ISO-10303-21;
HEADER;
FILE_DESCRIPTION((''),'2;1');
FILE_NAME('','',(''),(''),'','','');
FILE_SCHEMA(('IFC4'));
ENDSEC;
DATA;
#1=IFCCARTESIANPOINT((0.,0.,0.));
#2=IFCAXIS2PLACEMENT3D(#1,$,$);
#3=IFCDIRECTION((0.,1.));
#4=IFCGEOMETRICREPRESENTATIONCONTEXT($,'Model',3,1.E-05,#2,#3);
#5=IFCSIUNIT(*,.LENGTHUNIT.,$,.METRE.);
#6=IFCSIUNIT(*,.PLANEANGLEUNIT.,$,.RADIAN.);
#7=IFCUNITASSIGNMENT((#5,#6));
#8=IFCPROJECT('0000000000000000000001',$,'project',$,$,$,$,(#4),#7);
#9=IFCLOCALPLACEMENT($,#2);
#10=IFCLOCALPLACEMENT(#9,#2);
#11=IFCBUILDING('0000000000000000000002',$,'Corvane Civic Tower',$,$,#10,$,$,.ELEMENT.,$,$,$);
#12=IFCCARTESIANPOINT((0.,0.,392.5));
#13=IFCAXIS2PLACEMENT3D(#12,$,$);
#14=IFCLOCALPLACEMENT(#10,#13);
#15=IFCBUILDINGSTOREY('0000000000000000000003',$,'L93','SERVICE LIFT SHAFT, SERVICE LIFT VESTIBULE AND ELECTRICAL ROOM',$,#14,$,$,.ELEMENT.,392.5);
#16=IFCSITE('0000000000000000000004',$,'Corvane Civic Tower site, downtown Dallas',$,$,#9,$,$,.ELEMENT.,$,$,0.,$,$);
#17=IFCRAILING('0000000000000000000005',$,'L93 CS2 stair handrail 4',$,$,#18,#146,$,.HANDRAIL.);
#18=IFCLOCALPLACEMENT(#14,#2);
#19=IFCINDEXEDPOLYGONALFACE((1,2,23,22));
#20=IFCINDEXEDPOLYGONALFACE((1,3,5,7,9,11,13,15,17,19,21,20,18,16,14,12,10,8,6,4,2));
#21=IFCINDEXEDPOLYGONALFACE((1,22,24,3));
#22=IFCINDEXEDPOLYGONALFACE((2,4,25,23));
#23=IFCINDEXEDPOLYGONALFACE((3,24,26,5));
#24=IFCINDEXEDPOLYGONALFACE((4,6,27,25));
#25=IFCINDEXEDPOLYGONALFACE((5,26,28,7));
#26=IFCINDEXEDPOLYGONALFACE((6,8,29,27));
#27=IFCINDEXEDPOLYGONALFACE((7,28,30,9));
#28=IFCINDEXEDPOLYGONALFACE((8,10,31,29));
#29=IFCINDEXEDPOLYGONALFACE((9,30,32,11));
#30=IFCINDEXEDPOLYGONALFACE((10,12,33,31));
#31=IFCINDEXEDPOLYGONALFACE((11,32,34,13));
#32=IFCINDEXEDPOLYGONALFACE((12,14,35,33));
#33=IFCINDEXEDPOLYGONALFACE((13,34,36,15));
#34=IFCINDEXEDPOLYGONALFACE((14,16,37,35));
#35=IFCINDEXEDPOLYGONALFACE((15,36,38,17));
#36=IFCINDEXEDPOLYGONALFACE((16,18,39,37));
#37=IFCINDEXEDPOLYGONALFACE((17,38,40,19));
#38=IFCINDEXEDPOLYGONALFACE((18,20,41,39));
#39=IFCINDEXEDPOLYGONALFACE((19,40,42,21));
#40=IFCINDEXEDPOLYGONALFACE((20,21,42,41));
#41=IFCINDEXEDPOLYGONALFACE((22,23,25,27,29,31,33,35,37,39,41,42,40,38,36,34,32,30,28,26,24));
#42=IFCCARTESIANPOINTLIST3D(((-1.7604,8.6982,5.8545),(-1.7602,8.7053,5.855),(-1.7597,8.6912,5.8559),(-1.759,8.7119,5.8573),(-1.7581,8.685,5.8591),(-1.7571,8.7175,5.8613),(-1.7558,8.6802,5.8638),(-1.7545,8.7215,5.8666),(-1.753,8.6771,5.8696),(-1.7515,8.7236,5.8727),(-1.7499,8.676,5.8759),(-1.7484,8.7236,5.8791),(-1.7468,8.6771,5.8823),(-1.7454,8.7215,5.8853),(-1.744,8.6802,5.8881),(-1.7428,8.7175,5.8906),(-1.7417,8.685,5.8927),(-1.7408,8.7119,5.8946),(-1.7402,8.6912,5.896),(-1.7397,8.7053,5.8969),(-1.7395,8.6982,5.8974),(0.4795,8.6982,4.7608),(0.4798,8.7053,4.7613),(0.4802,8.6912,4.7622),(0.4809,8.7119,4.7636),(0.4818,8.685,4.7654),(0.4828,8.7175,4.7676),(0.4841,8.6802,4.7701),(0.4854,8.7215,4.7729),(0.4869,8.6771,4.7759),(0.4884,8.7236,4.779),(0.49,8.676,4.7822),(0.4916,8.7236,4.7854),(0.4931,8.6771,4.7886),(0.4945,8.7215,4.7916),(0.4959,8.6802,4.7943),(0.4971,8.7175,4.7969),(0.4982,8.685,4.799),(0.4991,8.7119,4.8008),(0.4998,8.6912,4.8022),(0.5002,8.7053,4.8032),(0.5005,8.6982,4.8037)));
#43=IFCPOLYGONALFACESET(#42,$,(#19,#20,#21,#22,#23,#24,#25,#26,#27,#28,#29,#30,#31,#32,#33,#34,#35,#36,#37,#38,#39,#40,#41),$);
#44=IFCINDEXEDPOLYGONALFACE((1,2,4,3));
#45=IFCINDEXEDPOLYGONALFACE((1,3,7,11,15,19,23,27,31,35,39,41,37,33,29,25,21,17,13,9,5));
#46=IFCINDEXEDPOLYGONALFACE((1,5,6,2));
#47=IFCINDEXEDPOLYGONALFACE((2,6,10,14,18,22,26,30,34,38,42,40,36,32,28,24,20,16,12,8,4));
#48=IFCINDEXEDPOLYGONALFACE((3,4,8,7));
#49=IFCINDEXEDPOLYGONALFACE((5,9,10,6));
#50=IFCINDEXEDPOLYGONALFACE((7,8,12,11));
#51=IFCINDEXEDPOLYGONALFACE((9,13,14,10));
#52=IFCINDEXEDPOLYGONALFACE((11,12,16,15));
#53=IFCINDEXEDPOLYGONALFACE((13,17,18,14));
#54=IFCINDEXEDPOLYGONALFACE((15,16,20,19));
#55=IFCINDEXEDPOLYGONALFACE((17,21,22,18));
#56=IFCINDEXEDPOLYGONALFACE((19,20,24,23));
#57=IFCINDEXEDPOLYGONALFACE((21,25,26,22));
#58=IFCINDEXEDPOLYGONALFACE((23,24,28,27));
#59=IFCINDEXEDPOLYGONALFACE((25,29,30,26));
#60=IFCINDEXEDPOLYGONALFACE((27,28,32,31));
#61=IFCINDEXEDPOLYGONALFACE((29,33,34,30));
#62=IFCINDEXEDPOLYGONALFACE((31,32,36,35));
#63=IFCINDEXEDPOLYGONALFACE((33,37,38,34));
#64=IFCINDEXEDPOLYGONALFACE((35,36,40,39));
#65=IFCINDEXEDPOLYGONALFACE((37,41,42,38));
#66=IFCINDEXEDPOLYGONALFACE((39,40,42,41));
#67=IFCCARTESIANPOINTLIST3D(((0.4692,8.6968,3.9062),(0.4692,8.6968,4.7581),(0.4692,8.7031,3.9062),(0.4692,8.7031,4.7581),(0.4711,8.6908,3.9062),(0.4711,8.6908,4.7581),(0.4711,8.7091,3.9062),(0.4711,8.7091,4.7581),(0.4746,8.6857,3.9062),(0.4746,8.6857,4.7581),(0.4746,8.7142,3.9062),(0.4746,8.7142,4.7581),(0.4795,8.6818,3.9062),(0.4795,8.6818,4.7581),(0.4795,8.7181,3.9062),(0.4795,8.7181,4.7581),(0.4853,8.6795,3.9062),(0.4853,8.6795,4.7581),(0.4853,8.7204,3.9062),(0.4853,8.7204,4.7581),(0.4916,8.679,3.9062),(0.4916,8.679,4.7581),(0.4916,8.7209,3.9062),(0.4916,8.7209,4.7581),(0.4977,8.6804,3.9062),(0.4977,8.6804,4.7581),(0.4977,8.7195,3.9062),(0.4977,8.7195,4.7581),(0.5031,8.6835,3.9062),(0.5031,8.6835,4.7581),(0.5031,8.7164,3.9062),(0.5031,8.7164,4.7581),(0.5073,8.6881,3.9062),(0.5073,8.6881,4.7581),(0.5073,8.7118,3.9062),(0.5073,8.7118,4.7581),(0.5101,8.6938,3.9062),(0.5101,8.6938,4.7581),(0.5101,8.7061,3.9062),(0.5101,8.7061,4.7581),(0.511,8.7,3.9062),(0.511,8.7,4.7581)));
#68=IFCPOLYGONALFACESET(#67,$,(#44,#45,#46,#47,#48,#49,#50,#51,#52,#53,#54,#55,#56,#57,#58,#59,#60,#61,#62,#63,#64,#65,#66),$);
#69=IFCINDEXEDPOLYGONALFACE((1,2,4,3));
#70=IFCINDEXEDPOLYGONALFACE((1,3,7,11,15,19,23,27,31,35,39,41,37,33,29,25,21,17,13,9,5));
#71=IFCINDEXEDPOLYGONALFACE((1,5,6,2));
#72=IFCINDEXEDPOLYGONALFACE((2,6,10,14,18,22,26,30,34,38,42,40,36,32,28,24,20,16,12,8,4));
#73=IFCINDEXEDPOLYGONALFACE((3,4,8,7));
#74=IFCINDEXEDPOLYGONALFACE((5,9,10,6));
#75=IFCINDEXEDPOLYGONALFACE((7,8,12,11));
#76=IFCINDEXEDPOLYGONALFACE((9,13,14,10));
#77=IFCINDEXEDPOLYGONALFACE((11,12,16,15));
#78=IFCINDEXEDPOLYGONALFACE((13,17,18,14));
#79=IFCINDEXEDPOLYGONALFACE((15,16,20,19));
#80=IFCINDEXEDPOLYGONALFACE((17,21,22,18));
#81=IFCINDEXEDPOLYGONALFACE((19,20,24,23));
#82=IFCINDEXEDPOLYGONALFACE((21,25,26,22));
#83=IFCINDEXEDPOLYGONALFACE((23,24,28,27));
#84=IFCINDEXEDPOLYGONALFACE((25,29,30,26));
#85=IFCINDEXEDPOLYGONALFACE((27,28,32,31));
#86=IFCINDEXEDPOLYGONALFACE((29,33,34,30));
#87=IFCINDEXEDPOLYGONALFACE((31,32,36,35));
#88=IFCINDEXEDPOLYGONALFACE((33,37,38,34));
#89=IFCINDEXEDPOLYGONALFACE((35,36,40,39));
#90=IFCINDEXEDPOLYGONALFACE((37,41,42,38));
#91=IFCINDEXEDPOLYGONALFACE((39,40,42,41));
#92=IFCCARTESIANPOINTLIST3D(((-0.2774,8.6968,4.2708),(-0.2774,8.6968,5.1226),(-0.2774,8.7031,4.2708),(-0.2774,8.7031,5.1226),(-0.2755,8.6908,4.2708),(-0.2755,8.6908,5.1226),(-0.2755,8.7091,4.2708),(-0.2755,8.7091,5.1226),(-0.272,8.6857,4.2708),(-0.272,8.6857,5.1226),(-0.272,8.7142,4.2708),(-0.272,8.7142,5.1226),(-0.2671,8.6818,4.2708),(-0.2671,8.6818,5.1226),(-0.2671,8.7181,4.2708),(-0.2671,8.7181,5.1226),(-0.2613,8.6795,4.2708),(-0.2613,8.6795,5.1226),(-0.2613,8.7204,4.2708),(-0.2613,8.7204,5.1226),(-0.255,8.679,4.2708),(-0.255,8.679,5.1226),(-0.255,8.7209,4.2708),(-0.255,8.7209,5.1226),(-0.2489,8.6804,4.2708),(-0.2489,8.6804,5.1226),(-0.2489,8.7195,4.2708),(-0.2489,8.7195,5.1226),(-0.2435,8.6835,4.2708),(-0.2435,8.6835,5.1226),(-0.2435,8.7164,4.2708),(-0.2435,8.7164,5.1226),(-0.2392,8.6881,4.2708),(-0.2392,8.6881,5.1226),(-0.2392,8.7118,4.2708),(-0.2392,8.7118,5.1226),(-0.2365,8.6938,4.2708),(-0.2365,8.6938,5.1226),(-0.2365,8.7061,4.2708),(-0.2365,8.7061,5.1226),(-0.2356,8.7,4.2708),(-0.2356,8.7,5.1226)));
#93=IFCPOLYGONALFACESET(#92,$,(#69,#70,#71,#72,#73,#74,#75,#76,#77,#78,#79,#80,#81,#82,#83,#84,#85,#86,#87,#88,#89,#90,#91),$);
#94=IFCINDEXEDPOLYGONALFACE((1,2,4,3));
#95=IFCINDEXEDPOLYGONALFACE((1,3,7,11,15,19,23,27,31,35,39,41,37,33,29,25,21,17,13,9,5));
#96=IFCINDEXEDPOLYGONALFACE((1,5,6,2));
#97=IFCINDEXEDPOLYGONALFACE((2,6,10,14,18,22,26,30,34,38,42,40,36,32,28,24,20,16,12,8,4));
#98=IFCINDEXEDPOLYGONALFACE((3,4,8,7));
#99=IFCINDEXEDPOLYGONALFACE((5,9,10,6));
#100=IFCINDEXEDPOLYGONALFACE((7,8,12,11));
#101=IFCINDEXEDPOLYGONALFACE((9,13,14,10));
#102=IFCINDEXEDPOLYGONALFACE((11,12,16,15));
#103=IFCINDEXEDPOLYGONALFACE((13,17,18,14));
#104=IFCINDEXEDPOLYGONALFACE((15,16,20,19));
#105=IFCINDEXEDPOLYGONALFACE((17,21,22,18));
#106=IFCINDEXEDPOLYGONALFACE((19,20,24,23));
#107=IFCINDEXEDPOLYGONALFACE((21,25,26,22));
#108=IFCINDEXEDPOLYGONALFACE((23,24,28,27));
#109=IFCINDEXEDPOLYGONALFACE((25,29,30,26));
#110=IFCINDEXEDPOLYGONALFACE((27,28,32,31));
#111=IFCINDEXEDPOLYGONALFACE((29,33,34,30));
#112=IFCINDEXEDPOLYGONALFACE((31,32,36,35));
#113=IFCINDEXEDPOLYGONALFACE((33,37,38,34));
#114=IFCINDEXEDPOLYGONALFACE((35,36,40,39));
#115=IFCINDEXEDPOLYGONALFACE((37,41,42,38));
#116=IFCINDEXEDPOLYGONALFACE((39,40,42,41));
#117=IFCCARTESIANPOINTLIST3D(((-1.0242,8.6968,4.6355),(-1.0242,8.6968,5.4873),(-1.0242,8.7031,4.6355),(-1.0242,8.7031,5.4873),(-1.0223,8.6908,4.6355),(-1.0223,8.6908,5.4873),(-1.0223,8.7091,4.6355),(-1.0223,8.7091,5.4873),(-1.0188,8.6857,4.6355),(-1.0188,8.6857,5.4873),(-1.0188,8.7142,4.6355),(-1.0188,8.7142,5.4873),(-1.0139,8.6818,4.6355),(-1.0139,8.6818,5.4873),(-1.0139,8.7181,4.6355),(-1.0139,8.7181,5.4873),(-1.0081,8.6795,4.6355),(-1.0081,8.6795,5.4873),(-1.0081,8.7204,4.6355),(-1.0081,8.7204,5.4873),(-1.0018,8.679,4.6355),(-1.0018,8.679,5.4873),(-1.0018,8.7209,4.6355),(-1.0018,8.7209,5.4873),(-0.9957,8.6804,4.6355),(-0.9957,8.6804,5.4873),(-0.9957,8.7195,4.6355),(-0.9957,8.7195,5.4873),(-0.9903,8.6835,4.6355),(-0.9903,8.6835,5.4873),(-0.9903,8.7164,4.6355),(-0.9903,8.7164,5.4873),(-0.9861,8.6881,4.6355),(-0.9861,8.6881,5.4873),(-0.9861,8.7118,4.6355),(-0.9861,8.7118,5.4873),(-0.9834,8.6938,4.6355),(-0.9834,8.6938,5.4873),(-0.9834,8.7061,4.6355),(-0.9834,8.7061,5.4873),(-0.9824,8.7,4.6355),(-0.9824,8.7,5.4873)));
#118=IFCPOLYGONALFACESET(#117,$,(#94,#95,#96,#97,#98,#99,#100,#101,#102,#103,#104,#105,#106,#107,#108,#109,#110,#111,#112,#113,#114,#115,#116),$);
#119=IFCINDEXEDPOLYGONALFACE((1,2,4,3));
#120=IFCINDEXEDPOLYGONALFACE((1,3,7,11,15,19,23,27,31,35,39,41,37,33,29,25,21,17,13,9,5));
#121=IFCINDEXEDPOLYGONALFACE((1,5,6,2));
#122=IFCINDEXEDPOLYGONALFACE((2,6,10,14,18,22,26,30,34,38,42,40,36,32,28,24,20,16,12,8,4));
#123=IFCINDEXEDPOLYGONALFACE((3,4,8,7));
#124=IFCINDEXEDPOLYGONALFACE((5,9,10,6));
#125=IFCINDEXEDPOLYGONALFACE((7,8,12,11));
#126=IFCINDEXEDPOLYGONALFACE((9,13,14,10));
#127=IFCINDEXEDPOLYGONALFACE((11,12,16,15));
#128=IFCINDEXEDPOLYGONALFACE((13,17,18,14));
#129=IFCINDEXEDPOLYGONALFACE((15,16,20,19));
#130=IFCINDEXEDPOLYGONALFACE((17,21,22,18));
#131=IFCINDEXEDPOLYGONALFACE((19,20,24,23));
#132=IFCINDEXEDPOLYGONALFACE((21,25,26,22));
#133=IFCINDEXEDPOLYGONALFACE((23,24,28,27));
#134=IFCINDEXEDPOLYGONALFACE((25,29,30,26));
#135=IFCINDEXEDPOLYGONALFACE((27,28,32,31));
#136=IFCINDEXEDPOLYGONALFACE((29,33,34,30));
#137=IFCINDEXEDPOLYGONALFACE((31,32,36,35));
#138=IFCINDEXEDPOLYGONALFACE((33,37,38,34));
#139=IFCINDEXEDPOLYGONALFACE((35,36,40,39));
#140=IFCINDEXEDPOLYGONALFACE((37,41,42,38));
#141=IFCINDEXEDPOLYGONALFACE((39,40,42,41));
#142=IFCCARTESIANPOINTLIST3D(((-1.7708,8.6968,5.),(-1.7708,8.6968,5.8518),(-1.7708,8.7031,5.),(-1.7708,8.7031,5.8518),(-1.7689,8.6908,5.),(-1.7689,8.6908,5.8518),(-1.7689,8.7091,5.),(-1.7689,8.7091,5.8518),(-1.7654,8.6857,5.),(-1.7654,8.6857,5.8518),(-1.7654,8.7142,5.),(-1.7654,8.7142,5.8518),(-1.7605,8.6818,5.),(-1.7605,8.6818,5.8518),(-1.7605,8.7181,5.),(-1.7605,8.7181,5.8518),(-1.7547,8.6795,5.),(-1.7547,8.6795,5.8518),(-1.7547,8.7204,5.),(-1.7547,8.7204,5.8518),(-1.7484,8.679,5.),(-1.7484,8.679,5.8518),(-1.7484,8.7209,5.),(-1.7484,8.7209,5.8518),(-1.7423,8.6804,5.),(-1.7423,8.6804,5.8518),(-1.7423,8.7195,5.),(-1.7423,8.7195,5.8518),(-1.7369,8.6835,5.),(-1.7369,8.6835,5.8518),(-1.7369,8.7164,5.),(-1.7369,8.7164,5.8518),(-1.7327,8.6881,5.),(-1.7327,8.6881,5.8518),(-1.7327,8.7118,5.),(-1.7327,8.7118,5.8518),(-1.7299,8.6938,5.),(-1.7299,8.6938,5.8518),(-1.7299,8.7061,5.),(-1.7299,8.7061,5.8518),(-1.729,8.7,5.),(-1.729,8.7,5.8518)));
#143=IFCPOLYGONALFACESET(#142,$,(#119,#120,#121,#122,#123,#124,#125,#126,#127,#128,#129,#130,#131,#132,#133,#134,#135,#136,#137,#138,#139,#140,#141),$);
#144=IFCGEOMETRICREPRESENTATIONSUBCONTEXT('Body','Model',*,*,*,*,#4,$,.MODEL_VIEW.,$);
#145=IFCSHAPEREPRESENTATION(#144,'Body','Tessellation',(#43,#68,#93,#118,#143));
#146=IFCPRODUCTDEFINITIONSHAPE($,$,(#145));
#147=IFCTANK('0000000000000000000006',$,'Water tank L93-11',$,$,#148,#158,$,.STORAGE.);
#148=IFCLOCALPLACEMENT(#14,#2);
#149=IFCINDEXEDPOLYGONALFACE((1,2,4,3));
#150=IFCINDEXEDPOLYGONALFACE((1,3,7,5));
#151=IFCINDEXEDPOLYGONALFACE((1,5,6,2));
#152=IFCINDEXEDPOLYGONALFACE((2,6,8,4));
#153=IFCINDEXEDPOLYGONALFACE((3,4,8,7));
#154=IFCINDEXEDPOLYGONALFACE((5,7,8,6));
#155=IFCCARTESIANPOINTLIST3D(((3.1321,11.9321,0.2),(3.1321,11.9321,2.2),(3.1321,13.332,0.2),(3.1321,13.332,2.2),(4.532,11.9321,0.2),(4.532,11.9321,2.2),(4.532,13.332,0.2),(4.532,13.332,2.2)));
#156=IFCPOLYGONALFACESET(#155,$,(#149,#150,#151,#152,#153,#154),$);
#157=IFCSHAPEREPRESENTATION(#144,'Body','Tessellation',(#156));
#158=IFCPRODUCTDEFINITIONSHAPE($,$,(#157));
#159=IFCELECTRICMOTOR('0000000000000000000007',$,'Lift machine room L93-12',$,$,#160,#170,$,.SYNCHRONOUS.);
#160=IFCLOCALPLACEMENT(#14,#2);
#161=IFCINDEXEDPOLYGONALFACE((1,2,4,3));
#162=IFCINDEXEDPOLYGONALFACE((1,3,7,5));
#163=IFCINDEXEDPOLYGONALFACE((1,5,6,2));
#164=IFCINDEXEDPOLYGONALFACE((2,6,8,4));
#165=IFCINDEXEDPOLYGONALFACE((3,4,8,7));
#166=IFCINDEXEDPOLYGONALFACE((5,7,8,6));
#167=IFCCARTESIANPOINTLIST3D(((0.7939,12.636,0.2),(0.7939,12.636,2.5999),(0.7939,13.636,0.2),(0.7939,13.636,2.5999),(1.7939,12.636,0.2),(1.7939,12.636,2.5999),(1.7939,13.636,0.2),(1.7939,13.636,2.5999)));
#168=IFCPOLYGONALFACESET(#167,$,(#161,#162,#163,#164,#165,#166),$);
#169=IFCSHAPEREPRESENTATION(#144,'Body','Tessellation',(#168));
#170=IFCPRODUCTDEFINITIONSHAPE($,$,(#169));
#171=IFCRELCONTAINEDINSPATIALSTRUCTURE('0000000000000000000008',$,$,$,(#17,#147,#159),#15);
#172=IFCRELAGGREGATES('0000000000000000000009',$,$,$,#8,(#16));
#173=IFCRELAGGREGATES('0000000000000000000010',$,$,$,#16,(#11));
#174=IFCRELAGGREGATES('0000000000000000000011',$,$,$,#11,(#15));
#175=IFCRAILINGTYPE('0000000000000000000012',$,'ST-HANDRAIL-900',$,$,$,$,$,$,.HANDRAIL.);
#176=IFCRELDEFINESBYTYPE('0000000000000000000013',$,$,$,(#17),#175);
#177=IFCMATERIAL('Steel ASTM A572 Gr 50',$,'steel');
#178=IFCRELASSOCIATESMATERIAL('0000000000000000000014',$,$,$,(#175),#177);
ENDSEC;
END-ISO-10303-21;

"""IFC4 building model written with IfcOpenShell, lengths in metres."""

from ifc_helpers import new_model, si_unit, direction, frame, origin, origin_2d, place, context, subcontext, project, spatial, rectangle, circle, extrude, material, type_object, element, save


model = new_model("IFC4")

# Units and contexts
model_context = context("Model", 3, precision=1e-05, world=origin(), true_north=direction((0.0, 1.0)))
body_context = subcontext(model_context, "Body", "Model", "MODEL_VIEW")
ifc_project = project(units=[si_unit("LENGTHUNIT", "METRE"), si_unit("PLANEANGLEUNIT", "RADIAN")], contexts=[model_context])

# Site, building, storey
site_placement = place(None, origin())
site = spatial("IfcSite", under=ifc_project, at=site_placement, Name="Corvane Civic Tower site, downtown Dallas", CompositionType="ELEMENT", RefElevation=0.0)
building_placement = place(site_placement, origin())
building = spatial("IfcBuilding", under=site, at=building_placement, Name="Corvane Civic Tower", CompositionType="ELEMENT")
storey_placement = place(building_placement, frame((0.0, 0.0, 392.5)))
storey = spatial("IfcBuildingStorey", under=building, at=storey_placement, Name="L93", Description="SERVICE LIFT SHAFT, SERVICE LIFT VESTIBULE AND ELECTRICAL ROOM", CompositionType="ELEMENT", Elevation=392.5)

# Railing
ifc_material_1 = material(Name="Steel ASTM A572 Gr 50", Category="steel")
railing_type = type_object("IfcRailingType", Name="ST-HANDRAIL-900", PredefinedType="HANDRAIL", material=ifc_material_1)
for number, where, name in (
    (1, (0.49, 8.7, 3.9062), "L93 CS2 stair handrail 4"),
):
    element("IfcRailing", number, at=place(storey_placement, frame(where)), inside=storey, type_object=railing_type, Name=name, PredefinedType="HANDRAIL", context=body_context, shape_type="SweptSolid", body=[
        extrude(circle(Radius=0.0239, at=origin_2d()), frame((0.0, 0.0, 0.876), z_axis=(-0.898599, 0.0, 0.438771), x_axis=(0.0, -1.0, 0.0)), (0.0, 0.0, 1.0), 2.4927),
        extrude(circle(Radius=0.021, at=origin_2d()), origin(), (0.0, 0.0, 1.0), 0.8518),
        extrude(circle(Radius=0.021, at=origin_2d()), frame((-0.7466, 0.0, 0.3645)), (0.0, 0.0, 1.0), 0.8518),
        extrude(circle(Radius=0.021, at=origin_2d()), frame((-1.4934, 0.0, 0.7292)), (0.0, 0.0, 1.0), 0.8518),
        extrude(circle(Radius=0.021, at=origin_2d()), frame((-2.24, 0.0, 1.0938)), (0.0, 0.0, 1.0), 0.8518),
    ])

# Tank
tank_placement = place(storey_placement, frame((3.832, 12.6321, 0.2), z_axis=(0.0, 0.0, 1.0), x_axis=(1.0, 0.0, 0.0)))
element("IfcTank", 2, at=tank_placement, inside=storey, Name="Water tank L93-11", PredefinedType="STORAGE", context=body_context, shape_type="SweptSolid", body=[
    extrude(rectangle(XDim=1.3999, YDim=1.3999, at=origin_2d()), origin(), (0.0, 0.0, 1.0), 2.0),
])

# Electric motor
electric_motor_placement = place(storey_placement, frame((1.2939, 13.136, 0.2), z_axis=(0.0, 0.0, 1.0), x_axis=(1.0, 0.0, 0.0)))
element("IfcElectricMotor", 3, at=electric_motor_placement, inside=storey, Name="Lift machine room L93-12", PredefinedType="SYNCHRONOUS", context=body_context, shape_type="SweptSolid", body=[
    extrude(rectangle(XDim=1.0, YDim=1.0, at=origin_2d()), origin(), (0.0, 0.0, 1.0), 2.3999),
])

save(model, "model.ifc")
